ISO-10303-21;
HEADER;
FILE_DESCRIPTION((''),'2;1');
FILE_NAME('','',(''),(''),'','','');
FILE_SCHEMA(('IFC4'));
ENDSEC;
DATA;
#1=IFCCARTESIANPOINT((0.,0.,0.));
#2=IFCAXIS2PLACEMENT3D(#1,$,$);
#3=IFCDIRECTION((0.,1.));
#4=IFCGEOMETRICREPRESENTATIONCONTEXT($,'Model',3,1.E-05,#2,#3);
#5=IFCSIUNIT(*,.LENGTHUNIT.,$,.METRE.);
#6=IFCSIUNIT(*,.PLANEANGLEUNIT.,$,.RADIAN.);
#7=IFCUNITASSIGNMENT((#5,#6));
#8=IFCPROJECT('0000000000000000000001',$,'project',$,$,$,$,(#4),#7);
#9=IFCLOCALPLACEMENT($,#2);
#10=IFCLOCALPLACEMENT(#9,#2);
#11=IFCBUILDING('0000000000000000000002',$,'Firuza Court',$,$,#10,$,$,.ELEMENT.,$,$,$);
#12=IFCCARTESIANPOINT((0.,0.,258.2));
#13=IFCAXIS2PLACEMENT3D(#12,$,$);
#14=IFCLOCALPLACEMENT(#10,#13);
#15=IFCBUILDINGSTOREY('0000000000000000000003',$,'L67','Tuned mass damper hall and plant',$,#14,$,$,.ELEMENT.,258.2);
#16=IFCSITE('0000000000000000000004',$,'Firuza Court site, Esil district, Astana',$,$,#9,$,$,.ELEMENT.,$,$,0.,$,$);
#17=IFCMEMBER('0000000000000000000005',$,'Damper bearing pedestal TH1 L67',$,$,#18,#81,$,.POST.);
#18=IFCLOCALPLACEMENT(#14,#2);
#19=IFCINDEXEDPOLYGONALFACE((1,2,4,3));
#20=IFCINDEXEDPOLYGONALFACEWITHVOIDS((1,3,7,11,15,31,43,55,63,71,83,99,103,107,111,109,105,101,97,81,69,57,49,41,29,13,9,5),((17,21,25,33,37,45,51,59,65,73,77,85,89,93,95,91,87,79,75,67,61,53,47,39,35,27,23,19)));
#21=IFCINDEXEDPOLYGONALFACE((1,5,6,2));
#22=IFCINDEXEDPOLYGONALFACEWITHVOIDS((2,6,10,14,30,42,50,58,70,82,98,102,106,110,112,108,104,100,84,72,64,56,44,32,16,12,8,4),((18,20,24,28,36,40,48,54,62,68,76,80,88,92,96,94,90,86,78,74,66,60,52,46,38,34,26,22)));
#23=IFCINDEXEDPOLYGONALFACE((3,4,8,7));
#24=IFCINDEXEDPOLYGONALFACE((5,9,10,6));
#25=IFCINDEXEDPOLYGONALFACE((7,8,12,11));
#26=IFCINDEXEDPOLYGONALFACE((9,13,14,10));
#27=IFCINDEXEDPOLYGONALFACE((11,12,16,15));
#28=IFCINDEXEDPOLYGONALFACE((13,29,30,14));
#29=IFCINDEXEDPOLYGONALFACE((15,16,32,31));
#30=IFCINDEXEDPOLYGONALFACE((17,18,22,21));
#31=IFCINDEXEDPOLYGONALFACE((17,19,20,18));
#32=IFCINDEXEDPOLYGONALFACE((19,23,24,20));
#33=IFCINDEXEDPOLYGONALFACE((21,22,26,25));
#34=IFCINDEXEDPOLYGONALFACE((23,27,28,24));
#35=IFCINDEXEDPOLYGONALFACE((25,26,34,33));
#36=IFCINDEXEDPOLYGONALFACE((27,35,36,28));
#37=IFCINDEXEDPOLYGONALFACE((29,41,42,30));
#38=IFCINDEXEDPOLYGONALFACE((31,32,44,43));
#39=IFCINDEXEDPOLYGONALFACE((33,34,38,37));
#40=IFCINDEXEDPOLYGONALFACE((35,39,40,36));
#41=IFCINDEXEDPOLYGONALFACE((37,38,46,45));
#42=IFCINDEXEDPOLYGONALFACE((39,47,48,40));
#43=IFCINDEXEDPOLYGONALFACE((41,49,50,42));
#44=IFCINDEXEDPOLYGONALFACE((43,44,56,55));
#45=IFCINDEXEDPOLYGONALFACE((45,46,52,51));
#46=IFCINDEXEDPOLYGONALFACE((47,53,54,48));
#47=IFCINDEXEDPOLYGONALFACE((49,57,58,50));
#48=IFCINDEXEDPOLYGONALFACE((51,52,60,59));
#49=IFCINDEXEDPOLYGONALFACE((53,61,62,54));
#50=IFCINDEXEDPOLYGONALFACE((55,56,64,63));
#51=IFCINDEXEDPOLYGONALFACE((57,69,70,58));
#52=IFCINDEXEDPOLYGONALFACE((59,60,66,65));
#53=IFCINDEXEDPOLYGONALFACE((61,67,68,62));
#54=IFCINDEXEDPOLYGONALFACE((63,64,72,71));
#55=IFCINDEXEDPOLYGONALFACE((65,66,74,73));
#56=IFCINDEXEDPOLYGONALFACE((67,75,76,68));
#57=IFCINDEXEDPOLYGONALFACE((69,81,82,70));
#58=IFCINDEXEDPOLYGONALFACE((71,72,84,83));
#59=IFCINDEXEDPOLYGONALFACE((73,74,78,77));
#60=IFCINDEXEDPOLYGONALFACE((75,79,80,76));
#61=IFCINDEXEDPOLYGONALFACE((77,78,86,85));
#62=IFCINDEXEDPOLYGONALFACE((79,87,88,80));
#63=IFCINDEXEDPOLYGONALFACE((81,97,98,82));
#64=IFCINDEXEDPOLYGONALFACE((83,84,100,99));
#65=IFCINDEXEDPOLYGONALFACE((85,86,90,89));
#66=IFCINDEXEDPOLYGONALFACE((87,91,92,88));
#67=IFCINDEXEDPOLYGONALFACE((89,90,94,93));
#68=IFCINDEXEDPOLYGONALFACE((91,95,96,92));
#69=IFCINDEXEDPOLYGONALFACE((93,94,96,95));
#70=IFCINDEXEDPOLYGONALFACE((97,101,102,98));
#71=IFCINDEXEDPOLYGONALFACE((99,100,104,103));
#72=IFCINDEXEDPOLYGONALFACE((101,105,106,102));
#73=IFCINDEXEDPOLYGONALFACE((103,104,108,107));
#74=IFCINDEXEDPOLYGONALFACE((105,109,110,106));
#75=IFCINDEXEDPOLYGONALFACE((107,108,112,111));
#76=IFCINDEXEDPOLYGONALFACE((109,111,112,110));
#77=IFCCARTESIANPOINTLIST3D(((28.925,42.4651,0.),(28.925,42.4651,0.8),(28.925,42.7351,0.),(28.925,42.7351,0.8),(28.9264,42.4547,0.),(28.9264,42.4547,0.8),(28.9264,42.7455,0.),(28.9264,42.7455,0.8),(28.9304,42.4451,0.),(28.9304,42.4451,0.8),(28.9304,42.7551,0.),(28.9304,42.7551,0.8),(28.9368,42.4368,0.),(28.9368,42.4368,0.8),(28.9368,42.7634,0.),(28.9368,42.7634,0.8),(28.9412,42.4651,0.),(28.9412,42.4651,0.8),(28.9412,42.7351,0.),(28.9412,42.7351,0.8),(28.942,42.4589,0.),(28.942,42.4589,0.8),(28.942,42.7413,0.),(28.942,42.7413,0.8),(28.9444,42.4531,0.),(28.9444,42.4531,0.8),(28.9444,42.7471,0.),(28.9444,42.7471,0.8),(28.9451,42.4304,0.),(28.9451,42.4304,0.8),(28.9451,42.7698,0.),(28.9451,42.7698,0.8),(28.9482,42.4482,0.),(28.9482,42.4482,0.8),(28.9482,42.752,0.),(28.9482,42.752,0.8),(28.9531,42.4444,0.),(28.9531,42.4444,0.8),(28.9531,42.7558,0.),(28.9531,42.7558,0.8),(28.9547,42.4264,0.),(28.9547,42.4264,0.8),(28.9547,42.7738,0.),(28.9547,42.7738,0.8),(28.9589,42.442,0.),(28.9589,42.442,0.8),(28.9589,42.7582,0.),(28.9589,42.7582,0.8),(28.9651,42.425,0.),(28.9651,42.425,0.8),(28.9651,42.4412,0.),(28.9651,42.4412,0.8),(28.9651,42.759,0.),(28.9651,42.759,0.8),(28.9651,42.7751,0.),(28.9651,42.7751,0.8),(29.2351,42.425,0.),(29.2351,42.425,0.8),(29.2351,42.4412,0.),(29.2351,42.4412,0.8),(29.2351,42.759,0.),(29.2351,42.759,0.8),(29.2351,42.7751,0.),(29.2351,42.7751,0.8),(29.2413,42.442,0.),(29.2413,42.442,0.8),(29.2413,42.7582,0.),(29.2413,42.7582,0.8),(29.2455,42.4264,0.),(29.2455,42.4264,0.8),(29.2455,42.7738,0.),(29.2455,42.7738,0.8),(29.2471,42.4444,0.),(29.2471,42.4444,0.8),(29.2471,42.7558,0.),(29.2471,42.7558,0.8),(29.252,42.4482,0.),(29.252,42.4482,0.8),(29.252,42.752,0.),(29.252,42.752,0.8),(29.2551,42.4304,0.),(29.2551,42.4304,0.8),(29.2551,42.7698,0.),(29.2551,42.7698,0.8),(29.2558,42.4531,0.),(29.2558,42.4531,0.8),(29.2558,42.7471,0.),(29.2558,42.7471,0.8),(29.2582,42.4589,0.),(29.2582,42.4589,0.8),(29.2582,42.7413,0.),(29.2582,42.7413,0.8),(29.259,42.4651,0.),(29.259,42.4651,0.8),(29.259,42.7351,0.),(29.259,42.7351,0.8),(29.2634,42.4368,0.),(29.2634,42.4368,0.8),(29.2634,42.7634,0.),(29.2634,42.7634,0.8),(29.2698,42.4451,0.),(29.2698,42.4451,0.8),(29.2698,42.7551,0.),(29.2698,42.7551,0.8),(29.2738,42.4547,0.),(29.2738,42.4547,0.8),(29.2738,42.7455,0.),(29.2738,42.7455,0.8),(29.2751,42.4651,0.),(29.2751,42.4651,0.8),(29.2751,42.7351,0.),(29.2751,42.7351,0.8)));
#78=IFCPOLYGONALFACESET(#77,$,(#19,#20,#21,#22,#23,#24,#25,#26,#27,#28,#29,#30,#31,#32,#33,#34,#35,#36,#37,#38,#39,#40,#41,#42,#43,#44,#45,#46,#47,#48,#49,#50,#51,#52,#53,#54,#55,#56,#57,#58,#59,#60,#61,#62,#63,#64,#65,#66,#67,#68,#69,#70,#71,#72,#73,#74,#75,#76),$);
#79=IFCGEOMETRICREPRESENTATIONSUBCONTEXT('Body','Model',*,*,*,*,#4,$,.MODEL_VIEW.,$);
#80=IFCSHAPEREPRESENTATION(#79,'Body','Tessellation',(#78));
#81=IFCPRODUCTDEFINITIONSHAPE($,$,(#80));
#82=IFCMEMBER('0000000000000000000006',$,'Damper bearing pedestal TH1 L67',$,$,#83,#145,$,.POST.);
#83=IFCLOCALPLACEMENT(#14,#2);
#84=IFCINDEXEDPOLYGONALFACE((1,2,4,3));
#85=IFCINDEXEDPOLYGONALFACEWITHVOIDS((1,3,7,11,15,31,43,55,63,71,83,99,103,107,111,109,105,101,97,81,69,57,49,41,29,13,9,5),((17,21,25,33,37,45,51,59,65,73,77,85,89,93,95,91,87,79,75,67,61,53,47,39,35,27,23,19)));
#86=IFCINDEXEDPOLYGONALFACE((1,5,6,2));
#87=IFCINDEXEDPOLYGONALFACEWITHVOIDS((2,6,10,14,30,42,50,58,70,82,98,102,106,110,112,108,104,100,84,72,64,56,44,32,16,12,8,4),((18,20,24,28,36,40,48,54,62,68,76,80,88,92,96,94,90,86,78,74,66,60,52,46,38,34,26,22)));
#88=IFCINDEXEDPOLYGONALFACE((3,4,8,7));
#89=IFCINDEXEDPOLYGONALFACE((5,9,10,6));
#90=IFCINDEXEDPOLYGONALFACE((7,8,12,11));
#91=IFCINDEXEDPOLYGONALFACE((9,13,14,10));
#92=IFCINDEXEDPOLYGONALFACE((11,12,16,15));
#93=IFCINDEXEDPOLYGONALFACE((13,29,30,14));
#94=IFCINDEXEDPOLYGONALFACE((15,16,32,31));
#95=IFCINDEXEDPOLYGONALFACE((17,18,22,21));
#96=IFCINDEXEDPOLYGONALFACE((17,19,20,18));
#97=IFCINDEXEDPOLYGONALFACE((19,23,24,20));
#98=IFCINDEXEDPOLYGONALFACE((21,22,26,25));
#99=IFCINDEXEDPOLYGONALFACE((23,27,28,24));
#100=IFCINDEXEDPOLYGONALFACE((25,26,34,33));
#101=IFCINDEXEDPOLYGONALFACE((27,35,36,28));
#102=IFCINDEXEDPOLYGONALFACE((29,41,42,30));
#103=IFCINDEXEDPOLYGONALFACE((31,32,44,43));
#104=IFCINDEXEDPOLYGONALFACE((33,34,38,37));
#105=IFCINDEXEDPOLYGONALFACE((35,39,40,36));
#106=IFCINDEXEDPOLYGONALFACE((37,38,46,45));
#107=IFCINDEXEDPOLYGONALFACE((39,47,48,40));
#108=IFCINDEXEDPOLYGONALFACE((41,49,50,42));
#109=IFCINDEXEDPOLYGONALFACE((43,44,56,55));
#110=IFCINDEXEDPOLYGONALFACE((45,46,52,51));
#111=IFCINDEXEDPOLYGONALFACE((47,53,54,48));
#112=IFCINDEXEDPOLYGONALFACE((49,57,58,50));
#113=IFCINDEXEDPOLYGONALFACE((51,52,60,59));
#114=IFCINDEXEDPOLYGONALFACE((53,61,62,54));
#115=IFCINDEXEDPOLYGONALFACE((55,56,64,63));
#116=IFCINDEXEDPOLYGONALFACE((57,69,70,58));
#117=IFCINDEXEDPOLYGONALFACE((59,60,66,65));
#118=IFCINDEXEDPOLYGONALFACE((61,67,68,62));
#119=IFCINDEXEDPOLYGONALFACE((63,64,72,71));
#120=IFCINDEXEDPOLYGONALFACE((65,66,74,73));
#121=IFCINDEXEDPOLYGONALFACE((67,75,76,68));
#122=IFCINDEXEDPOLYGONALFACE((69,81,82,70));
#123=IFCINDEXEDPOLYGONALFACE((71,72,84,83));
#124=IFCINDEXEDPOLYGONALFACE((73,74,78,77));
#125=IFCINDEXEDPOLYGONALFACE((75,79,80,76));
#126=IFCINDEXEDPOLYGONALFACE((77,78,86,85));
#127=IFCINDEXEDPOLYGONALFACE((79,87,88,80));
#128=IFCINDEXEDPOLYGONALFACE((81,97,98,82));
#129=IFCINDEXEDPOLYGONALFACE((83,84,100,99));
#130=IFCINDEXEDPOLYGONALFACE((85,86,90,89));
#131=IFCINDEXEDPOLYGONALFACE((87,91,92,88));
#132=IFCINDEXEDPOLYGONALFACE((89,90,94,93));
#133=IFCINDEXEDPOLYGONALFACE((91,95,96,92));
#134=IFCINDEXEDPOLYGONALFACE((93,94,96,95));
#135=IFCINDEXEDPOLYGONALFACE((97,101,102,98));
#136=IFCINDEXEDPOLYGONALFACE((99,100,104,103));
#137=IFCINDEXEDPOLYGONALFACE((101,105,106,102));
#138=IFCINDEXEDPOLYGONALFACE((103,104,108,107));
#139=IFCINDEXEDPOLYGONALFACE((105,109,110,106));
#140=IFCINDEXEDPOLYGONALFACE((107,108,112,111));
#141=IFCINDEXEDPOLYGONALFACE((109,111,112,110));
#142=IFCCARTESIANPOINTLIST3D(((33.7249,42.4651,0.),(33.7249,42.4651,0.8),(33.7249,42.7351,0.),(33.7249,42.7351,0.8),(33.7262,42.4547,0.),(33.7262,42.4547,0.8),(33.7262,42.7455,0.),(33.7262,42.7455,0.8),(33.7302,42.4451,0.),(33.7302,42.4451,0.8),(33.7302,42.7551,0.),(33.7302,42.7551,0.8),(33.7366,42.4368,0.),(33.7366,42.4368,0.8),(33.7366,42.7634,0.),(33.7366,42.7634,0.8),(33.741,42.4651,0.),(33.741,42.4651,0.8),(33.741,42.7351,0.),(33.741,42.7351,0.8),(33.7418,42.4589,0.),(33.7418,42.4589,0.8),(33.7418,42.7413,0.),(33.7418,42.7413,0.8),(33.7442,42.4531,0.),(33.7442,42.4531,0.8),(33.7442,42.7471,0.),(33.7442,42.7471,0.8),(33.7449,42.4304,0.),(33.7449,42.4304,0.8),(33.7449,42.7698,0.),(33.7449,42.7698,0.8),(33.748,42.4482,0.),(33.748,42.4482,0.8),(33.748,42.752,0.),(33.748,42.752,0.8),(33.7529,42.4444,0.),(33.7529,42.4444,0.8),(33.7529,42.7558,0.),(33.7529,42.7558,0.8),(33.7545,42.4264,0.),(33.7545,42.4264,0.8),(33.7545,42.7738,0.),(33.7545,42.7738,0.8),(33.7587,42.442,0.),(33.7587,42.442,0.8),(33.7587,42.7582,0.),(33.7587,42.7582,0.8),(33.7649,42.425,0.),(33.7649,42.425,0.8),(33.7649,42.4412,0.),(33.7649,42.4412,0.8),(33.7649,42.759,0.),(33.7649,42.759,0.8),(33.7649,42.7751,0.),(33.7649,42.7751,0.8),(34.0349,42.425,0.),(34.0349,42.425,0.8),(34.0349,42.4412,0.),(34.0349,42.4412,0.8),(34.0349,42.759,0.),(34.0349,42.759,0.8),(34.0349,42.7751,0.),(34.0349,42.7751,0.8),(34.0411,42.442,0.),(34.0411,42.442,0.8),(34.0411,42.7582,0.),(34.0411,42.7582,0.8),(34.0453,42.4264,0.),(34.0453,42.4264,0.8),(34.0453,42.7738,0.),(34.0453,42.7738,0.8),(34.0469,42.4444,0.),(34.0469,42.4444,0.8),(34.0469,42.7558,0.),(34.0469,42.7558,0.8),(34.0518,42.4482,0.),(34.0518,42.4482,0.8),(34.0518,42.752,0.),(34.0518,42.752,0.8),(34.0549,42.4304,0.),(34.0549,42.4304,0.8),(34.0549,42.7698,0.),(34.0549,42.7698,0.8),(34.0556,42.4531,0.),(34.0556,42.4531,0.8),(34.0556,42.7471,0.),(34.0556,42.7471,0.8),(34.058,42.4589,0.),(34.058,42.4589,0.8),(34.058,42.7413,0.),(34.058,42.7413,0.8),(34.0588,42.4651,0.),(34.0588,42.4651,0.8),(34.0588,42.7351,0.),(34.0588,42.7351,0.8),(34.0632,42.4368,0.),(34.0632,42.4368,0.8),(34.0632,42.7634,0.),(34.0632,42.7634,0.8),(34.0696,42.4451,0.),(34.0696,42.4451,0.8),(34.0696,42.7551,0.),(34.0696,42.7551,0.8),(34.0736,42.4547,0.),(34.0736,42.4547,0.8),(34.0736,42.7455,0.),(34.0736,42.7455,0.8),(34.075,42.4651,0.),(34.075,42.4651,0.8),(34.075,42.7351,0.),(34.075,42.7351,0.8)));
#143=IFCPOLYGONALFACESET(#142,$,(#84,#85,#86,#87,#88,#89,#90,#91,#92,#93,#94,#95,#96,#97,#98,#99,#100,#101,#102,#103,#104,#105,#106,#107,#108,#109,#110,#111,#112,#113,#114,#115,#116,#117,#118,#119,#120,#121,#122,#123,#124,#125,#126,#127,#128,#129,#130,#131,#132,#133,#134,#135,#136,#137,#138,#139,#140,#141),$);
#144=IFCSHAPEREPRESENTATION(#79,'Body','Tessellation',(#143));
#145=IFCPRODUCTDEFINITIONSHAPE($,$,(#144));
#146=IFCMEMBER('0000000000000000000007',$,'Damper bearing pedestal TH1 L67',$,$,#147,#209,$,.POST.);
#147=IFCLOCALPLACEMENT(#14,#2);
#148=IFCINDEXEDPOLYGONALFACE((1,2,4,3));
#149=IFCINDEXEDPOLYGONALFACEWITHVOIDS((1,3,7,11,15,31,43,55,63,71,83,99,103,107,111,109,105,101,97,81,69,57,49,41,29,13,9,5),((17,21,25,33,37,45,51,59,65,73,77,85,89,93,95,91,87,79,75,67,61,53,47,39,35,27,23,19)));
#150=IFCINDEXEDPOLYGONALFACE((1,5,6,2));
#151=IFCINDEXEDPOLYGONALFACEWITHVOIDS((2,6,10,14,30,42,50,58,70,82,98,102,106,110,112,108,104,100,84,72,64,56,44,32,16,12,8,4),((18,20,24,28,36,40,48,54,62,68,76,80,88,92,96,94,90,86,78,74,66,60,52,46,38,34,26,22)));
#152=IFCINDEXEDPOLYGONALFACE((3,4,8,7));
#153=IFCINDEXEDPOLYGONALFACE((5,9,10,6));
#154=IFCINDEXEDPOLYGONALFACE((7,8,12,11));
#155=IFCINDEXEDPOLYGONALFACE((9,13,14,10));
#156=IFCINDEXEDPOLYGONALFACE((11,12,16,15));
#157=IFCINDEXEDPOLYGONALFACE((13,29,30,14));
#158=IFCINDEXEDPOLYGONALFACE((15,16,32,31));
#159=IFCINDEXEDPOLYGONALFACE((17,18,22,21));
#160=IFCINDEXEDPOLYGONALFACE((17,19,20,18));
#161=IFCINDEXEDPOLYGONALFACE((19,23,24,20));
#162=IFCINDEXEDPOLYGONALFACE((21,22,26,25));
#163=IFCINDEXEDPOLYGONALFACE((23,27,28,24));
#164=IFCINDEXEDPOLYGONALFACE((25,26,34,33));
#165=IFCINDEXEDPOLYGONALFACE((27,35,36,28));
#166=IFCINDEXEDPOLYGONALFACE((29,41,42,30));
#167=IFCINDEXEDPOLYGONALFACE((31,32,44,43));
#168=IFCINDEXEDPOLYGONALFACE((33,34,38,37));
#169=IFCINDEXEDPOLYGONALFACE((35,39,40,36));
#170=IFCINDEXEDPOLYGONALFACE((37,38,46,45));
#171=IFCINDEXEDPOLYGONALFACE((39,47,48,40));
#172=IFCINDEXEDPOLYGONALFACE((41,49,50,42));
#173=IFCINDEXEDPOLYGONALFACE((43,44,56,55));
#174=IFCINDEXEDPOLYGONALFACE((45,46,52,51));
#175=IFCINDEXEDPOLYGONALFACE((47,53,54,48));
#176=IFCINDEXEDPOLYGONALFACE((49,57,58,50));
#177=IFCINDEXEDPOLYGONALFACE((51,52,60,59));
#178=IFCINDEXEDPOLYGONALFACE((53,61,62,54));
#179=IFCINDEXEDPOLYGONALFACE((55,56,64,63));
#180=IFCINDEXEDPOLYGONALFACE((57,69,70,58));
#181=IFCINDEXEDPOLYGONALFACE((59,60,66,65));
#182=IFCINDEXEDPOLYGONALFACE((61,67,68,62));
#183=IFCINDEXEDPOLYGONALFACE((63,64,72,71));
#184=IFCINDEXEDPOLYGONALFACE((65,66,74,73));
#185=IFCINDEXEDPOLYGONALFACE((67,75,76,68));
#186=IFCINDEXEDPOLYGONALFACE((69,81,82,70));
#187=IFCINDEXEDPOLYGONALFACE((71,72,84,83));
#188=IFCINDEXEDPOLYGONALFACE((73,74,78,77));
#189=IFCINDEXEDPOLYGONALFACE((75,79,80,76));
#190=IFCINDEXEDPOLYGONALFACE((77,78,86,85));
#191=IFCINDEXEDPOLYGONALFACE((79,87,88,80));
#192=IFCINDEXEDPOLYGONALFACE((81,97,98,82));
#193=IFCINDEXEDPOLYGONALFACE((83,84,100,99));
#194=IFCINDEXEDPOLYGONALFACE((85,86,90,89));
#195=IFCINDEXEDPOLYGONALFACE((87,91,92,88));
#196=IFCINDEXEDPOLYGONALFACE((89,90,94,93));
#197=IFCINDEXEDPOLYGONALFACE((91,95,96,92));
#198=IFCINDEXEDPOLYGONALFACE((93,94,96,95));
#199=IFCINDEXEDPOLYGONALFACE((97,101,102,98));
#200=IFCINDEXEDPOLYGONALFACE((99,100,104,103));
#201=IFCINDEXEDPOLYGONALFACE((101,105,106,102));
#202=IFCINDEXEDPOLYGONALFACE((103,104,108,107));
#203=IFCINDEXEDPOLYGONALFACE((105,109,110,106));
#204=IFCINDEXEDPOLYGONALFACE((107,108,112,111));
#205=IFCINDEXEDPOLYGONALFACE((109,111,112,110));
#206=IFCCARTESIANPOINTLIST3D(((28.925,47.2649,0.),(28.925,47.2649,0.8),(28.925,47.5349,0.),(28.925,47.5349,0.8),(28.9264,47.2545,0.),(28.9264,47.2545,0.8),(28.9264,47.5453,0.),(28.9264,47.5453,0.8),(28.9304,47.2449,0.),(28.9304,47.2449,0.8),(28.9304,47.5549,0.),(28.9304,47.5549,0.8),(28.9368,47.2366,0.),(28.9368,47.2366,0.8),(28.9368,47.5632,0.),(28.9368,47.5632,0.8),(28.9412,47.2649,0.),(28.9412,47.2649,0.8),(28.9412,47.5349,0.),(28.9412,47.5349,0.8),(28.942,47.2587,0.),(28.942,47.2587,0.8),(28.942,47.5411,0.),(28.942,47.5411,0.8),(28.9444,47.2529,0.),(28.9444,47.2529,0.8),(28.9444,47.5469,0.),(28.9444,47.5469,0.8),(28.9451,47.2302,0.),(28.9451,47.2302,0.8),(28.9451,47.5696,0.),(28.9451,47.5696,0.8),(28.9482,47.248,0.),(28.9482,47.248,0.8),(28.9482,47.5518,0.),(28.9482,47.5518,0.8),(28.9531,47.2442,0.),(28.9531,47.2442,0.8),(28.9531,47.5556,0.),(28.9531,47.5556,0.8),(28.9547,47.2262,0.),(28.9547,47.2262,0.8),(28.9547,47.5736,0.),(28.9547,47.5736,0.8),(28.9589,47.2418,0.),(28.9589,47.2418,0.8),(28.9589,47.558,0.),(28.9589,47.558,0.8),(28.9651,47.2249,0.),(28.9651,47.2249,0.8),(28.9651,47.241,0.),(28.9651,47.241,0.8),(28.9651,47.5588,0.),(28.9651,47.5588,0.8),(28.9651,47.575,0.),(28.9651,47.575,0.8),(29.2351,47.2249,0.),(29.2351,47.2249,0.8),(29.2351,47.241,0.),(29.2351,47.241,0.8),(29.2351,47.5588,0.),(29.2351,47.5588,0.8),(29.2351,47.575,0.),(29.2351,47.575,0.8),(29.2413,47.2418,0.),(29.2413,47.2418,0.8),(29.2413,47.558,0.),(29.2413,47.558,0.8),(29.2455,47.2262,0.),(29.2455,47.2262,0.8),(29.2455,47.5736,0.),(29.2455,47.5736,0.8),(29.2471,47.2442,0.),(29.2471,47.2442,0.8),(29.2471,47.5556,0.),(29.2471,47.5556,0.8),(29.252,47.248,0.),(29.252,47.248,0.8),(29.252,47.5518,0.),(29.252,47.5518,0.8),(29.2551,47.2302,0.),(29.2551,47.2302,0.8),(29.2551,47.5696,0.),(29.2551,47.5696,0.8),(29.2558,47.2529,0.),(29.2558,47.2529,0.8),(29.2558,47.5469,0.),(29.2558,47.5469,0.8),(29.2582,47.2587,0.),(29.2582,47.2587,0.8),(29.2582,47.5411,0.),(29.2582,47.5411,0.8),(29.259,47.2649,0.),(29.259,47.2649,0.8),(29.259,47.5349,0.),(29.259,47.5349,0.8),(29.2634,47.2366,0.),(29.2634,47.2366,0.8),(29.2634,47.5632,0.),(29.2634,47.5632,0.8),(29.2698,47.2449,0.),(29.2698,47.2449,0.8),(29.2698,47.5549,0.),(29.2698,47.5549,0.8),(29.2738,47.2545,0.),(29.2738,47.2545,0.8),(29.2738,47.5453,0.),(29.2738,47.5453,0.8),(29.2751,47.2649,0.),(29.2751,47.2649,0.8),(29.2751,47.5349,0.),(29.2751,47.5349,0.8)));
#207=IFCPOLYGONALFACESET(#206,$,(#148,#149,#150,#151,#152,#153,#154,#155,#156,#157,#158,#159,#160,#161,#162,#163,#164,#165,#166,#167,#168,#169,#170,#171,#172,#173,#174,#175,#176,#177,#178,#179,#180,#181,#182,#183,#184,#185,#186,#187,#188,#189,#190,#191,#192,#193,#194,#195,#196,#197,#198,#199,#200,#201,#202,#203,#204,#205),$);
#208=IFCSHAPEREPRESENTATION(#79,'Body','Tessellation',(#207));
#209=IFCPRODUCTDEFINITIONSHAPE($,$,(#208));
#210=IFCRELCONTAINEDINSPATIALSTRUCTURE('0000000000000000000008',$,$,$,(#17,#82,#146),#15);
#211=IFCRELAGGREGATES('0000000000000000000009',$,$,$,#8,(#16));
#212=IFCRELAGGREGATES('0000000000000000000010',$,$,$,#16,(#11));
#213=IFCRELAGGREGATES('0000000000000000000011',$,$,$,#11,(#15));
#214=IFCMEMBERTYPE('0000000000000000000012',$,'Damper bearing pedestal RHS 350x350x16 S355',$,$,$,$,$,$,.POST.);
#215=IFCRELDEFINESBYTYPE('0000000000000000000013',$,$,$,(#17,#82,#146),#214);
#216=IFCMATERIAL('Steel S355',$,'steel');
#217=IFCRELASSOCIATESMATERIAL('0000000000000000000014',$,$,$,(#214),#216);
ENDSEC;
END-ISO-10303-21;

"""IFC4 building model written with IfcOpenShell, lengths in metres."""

from ifc_helpers import new_model, si_unit, direction, frame, origin, origin_2d, place, context, subcontext, project, spatial, hollow_rectangle, extrude, material, material_profile, profile_set, type_object, element, save


model = new_model("IFC4")

# Units and contexts
model_context = context("Model", 3, precision=1e-05, world=origin(), true_north=direction((0.0, 1.0)))
body_context = subcontext(model_context, "Body", "Model", "MODEL_VIEW")
ifc_project = project(units=[si_unit("LENGTHUNIT", "METRE"), si_unit("PLANEANGLEUNIT", "RADIAN")], contexts=[model_context])

# Site, building, storey
site_placement = place(None, origin())
site = spatial("IfcSite", under=ifc_project, at=site_placement, Name="Firuza Court site, Esil district, Astana", CompositionType="ELEMENT", RefElevation=0.0)
building_placement = place(site_placement, origin())
building = spatial("IfcBuilding", under=site, at=building_placement, Name="Firuza Court", CompositionType="ELEMENT")
storey_placement = place(building_placement, frame((0.0, 0.0, 258.2)))
storey = spatial("IfcBuildingStorey", under=building, at=storey_placement, Name="L67", Description="Tuned mass damper hall and plant", CompositionType="ELEMENT", Elevation=258.2)

# Members
ifc_material_1 = material(Name="Steel S355", Category="steel")
ifc_material_profile_1 = material_profile(ifc_material_1, hollow_rectangle(XDim=0.3501, YDim=0.3501, WallThickness=0.0161, InnerFilletRadius=0.0239, OuterFilletRadius=0.04, at=origin_2d()), Name="RHS 350x350x16")
ifc_profile_set_1 = profile_set([ifc_material_profile_1], Name="Steel S355")
member_type_1 = type_object("IfcMemberType", Name="Damper bearing pedestal RHS 350x350x16 S355", PredefinedType="POST", material=ifc_profile_set_1)
for number, where, z_axis, x_axis, name in (
    (1, (29.1001, 42.6001, 0.0), (0.0, 0.0, 1.0), (1.0, 0.0, 0.0), "Damper bearing pedestal TH1 L67"),
    (2, (33.8999, 42.6001, 0.0), (0.0, 0.0, 1.0), (1.0, 0.0, 0.0), "Damper bearing pedestal TH1 L67"),
    (3, (29.1001, 47.3999, 0.0), (0.0, 0.0, 1.0), (1.0, 0.0, 0.0), "Damper bearing pedestal TH1 L67"),
):
    element("IfcMember", number, at=place(storey_placement, frame(where, z_axis=z_axis, x_axis=x_axis)), inside=storey, type_object=member_type_1, Name=name, PredefinedType="POST", context=body_context, shape_type="SweptSolid", body=[
        extrude(hollow_rectangle(XDim=0.3501, YDim=0.3501, WallThickness=0.0161, InnerFilletRadius=0.0239, OuterFilletRadius=0.04, at=origin_2d()), origin(), (0.0, 0.0, 1.0), 0.8),
    ])

save(model, "model.ifc")
